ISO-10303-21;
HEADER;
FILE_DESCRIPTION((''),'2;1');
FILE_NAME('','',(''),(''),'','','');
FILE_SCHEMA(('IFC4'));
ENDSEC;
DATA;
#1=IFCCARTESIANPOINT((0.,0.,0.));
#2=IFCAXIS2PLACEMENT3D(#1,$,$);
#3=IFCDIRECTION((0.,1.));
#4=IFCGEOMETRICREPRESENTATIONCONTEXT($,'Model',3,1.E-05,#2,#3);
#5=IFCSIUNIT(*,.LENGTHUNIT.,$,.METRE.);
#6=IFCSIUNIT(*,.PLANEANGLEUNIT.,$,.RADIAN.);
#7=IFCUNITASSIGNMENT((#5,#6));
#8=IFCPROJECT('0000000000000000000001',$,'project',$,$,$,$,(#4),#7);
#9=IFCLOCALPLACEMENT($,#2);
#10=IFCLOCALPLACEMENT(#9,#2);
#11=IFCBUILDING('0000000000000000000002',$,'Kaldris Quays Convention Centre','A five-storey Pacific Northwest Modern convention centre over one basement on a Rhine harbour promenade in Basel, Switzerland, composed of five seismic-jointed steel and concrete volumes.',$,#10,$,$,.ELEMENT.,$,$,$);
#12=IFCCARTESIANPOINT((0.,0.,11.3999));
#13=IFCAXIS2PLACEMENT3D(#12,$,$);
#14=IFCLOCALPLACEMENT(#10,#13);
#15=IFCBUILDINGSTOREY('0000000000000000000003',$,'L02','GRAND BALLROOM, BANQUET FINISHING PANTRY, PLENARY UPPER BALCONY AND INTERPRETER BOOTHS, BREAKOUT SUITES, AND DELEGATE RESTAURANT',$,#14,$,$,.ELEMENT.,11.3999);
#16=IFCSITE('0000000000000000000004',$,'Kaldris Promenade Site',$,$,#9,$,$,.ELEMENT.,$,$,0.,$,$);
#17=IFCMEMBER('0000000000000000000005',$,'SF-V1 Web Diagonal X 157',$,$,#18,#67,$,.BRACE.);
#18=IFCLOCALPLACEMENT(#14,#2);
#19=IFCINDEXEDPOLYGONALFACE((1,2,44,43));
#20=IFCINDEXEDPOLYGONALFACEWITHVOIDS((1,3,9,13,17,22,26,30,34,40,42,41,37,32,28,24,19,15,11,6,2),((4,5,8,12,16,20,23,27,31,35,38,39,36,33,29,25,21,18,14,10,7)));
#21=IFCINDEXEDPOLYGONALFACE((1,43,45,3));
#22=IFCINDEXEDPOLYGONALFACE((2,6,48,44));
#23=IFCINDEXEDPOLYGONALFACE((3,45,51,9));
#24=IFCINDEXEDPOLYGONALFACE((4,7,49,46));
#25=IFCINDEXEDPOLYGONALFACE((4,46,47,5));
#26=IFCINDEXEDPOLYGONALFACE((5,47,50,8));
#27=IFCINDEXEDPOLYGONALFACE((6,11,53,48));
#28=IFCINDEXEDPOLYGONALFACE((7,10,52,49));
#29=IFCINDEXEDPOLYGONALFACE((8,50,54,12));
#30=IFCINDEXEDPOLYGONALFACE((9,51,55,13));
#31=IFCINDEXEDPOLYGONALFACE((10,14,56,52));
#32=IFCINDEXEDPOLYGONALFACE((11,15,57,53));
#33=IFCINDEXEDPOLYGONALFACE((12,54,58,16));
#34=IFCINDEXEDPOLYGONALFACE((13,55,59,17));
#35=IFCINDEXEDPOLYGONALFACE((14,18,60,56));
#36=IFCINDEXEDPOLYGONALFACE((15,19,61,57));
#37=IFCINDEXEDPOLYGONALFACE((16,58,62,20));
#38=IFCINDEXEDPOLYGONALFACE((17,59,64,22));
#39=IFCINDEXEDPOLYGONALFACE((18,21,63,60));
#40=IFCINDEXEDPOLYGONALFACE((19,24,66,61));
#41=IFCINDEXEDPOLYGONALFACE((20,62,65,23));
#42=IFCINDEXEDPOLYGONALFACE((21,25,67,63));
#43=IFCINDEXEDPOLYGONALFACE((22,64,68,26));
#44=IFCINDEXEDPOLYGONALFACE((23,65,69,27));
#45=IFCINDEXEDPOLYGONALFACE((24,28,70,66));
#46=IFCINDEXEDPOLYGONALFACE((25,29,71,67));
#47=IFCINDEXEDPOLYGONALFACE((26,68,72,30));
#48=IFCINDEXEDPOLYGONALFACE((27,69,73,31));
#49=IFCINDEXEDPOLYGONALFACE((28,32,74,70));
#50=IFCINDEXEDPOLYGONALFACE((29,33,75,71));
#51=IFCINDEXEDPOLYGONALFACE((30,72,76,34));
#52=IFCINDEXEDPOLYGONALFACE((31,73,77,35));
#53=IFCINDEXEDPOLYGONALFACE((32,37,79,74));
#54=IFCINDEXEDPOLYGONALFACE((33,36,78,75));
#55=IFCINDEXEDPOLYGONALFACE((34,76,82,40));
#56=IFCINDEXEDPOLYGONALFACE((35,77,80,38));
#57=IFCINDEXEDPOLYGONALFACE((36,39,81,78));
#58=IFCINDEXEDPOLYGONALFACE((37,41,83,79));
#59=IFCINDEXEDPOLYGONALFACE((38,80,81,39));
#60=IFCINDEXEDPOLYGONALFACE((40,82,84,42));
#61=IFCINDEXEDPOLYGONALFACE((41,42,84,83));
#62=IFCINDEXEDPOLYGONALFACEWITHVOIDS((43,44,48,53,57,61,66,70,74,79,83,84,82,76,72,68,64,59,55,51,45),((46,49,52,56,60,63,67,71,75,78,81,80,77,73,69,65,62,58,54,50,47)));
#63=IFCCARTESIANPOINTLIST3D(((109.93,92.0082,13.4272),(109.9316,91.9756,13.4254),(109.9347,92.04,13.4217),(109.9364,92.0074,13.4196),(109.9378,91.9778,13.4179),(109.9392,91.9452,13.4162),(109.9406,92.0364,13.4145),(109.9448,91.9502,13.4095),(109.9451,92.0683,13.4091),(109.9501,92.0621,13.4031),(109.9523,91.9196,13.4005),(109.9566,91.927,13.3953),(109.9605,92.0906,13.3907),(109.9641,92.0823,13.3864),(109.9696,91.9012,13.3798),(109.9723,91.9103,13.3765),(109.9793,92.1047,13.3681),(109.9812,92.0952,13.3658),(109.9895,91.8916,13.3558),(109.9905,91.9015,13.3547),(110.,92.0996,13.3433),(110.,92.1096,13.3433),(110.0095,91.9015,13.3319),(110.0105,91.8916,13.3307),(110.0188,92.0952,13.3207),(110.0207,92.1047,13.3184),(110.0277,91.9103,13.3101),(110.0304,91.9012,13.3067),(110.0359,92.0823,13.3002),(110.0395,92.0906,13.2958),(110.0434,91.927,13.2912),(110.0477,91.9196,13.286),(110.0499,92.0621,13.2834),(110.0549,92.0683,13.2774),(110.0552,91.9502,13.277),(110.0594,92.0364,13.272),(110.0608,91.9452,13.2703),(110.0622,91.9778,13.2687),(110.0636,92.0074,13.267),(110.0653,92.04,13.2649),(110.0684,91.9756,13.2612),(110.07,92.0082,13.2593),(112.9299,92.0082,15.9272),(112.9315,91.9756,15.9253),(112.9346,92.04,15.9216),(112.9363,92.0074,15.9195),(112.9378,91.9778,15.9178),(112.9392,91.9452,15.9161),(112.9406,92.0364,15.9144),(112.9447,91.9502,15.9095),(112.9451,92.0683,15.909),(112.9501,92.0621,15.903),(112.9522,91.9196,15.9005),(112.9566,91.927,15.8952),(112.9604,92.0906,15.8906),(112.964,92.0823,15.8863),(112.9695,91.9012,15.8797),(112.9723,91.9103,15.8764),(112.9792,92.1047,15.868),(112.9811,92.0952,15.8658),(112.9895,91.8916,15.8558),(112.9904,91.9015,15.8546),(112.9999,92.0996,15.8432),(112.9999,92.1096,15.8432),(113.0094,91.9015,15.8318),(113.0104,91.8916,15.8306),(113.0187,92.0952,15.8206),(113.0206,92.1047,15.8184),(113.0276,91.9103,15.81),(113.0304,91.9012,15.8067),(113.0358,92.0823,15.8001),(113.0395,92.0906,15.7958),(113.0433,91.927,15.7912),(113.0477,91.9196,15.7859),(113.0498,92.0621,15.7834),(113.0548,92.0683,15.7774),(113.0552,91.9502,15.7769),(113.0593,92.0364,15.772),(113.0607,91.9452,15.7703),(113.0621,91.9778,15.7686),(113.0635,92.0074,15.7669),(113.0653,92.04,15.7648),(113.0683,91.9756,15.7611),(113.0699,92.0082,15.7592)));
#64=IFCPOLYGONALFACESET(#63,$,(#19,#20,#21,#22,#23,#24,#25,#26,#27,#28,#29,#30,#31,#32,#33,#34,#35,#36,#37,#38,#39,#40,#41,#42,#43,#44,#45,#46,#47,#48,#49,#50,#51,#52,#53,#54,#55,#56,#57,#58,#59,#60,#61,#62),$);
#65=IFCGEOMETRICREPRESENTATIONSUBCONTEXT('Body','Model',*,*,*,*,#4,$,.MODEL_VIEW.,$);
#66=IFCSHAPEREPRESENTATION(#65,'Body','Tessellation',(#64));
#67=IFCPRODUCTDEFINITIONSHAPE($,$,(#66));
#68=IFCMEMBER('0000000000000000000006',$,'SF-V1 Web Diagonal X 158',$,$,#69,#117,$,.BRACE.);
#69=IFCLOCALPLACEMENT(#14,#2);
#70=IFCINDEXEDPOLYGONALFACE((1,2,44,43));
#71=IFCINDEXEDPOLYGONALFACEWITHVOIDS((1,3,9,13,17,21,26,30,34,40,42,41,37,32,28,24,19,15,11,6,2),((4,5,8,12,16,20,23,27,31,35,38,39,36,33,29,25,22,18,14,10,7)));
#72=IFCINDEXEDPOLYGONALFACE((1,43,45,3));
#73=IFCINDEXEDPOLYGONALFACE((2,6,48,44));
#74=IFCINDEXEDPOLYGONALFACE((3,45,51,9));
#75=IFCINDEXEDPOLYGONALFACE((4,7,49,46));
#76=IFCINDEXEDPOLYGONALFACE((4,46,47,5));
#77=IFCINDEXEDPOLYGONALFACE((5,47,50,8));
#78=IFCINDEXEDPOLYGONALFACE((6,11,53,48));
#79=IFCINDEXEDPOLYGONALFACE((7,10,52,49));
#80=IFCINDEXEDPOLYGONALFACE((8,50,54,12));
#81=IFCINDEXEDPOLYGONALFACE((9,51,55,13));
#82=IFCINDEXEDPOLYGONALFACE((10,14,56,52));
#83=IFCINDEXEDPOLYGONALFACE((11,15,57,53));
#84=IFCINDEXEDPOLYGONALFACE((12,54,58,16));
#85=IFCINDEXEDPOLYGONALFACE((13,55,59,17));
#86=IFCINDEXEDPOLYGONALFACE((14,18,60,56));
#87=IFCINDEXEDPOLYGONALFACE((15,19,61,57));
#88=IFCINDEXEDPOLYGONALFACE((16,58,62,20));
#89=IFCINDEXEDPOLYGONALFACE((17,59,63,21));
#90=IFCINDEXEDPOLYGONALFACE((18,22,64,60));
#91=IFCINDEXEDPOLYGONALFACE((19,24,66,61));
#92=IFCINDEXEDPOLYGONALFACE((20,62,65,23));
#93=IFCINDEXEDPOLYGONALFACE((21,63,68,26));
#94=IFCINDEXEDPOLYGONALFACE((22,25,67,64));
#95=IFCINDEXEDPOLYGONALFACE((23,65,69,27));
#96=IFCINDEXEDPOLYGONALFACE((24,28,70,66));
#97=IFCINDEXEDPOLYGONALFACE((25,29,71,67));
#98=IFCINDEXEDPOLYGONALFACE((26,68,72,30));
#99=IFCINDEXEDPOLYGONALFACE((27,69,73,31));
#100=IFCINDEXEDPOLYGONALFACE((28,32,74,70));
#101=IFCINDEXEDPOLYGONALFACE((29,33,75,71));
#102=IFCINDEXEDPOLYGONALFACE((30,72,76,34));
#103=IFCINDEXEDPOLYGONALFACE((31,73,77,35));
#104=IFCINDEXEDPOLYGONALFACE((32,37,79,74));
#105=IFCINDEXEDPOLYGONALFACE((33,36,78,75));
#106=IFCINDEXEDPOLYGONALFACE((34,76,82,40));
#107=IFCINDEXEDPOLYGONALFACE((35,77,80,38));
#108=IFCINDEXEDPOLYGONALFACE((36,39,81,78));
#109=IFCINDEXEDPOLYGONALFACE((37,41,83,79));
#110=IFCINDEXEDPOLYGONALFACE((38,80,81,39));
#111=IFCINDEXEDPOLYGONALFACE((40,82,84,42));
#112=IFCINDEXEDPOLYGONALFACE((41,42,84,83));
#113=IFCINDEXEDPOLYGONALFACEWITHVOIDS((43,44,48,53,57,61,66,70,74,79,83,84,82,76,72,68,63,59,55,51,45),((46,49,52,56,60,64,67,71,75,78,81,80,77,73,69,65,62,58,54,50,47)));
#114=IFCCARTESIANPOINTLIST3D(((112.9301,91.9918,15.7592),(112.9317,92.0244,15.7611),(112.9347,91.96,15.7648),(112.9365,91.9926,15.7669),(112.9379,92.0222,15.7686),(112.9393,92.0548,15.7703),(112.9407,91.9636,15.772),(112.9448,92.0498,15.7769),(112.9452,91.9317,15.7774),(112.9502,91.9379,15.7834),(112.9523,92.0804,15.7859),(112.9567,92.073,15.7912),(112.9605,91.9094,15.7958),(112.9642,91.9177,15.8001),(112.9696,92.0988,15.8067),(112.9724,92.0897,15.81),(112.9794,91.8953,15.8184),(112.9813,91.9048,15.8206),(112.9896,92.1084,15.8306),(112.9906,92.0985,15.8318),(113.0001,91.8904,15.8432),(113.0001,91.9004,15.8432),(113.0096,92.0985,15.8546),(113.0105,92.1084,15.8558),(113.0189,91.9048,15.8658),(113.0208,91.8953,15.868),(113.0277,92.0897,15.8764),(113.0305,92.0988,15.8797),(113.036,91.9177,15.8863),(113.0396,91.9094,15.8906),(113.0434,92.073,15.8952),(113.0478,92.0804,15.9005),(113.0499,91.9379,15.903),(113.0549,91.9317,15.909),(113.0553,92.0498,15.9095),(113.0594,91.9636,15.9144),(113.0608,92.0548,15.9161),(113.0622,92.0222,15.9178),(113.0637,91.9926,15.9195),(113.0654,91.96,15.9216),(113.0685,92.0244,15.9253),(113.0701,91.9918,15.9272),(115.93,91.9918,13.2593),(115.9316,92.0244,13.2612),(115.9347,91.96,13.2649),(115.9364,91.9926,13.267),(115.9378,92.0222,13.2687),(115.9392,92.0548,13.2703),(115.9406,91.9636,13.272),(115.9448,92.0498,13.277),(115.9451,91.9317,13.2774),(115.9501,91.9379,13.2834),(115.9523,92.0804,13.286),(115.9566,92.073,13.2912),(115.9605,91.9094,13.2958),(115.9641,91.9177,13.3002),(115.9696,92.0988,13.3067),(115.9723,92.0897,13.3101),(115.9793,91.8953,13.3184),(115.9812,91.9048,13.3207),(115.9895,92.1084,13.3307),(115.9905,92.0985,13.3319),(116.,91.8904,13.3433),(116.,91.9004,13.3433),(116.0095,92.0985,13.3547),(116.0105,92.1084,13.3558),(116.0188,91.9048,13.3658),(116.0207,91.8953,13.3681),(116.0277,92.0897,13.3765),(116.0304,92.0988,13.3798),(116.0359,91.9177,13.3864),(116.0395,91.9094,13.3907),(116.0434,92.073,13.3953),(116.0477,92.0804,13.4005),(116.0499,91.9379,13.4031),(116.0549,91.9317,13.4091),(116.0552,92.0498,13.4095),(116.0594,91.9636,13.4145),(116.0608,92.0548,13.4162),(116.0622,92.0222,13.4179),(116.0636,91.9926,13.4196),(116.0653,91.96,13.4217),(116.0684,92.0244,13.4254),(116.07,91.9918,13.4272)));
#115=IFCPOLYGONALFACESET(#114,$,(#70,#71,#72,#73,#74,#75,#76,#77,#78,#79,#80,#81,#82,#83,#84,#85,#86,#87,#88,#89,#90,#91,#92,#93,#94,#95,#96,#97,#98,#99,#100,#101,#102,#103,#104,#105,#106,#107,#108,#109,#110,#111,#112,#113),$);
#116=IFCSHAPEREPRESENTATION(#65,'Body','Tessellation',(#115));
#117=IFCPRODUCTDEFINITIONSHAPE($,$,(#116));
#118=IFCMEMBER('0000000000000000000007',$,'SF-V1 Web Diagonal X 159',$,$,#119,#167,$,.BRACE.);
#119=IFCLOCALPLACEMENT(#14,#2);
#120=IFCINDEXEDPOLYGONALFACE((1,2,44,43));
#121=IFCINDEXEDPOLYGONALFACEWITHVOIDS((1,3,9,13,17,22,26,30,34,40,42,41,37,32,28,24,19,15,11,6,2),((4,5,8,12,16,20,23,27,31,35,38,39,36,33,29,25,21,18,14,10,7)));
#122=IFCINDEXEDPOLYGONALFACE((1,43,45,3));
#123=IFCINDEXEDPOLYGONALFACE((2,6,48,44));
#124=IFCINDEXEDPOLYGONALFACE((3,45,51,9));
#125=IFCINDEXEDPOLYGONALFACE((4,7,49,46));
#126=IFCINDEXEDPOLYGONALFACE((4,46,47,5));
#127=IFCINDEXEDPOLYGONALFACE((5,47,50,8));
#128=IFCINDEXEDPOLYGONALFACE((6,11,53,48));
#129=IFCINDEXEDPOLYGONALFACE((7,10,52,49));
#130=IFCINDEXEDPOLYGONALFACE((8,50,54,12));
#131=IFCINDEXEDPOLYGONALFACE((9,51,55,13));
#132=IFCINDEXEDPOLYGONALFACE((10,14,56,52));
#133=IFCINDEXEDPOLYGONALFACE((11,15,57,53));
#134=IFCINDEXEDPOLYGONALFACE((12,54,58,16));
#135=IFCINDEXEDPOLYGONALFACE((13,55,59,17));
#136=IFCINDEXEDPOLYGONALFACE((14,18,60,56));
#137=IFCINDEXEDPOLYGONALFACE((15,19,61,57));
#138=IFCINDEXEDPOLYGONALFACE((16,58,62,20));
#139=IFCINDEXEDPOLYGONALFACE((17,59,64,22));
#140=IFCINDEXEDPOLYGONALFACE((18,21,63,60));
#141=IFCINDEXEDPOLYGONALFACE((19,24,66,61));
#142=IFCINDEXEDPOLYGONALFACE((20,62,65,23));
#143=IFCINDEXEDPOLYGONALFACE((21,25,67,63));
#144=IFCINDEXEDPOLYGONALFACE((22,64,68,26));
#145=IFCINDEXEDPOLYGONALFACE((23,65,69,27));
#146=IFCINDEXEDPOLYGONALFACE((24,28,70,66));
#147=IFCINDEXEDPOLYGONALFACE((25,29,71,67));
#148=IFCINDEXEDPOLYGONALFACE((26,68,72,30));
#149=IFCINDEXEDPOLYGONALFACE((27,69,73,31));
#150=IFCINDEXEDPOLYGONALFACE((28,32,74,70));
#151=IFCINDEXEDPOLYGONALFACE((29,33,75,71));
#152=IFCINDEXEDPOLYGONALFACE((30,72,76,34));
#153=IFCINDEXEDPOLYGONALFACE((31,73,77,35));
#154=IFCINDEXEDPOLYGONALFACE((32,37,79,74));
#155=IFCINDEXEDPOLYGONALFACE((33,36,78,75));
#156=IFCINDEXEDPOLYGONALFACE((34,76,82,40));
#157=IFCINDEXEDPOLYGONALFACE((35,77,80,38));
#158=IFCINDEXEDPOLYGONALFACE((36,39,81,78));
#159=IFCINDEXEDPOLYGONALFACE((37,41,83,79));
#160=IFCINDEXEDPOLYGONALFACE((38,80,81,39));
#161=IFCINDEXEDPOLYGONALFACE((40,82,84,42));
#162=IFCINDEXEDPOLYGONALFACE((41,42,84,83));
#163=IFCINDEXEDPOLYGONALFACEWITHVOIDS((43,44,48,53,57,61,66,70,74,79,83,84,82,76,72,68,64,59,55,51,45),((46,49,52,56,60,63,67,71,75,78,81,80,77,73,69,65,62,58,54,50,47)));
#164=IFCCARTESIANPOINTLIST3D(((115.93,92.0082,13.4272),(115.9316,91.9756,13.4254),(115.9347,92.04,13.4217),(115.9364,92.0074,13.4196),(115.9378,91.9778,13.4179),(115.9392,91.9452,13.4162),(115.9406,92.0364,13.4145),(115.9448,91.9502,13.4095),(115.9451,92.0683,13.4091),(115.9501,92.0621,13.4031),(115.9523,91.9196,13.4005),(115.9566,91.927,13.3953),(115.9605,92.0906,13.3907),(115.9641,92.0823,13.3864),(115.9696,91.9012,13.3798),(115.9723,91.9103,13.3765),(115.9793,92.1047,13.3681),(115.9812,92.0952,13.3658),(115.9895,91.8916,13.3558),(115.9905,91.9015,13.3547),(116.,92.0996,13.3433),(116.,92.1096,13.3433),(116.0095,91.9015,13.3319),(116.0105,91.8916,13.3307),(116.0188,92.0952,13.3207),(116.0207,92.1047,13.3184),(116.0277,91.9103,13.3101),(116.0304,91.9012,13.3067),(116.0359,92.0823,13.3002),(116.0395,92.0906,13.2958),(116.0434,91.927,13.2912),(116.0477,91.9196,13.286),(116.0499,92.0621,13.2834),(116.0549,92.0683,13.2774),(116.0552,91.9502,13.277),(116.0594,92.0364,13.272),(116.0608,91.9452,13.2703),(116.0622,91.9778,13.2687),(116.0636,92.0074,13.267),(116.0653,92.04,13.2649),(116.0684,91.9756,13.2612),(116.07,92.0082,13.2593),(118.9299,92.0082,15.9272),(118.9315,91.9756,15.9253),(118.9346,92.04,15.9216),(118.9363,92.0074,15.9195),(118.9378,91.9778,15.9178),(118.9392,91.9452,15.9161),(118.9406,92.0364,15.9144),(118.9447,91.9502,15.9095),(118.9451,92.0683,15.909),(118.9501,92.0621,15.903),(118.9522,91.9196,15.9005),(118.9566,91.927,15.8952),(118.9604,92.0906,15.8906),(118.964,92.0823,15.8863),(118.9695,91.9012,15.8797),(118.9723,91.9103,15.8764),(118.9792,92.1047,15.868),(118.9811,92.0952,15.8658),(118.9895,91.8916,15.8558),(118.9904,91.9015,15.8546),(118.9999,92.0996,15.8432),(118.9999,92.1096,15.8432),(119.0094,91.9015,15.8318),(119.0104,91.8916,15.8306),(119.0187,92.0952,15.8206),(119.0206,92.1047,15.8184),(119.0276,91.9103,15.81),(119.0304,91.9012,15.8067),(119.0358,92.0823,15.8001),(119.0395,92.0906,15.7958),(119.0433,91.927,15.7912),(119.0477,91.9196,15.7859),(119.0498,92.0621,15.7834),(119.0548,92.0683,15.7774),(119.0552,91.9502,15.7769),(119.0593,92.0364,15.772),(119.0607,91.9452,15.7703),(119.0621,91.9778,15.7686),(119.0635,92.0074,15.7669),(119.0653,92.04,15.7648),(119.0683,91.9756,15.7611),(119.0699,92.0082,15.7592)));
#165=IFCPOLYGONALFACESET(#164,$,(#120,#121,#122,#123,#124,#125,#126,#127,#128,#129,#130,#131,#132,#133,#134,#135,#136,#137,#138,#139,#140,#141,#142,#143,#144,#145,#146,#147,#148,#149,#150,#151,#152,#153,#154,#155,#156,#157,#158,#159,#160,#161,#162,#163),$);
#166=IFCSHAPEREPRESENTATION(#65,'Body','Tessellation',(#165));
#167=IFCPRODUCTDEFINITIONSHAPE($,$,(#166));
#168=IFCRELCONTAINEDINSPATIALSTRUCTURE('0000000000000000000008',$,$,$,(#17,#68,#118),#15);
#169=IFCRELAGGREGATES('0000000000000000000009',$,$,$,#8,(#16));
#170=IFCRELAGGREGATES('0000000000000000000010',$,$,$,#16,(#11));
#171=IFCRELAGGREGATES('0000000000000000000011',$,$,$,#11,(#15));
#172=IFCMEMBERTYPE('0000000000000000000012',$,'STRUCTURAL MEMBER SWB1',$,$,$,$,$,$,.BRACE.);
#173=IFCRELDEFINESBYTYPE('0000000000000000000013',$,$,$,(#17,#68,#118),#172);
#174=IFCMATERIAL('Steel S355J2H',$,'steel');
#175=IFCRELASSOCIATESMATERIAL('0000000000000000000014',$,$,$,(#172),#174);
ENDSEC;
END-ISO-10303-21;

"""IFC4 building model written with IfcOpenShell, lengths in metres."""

from ifc_helpers import new_model, si_unit, direction, frame, origin, origin_2d, place, context, subcontext, project, spatial, hollow_circle, extrude, material, material_profile, profile_set, type_object, element, save


model = new_model("IFC4")

# Units and contexts
model_context = context("Model", 3, precision=1e-05, world=origin(), true_north=direction((0.0, 1.0)))
body_context = subcontext(model_context, "Body", "Model", "MODEL_VIEW")
ifc_project = project(units=[si_unit("LENGTHUNIT", "METRE"), si_unit("PLANEANGLEUNIT", "RADIAN")], contexts=[model_context])

# Site, building, storey
site_placement = place(None, origin())
site = spatial("IfcSite", under=ifc_project, at=site_placement, Name="Kaldris Promenade Site", CompositionType="ELEMENT", RefElevation=0.0)
building_placement = place(site_placement, origin())
building = spatial("IfcBuilding", under=site, at=building_placement, Name="Kaldris Quays Convention Centre", Description="A five-storey Pacific Northwest Modern convention centre over one basement on a Rhine harbour promenade in Basel, Switzerland, composed of five seismic-jointed steel and concrete volumes.", CompositionType="ELEMENT")
storey_placement = place(building_placement, frame((0.0, 0.0, 11.3999)))
storey = spatial("IfcBuildingStorey", under=building, at=storey_placement, Name="L02", Description="GRAND BALLROOM, BANQUET FINISHING PANTRY, PLENARY UPPER BALCONY AND INTERPRETER BOOTHS, BREAKOUT SUITES, AND DELEGATE RESTAURANT", CompositionType="ELEMENT", Elevation=11.3999)

# Members
ifc_material_1 = material(Name="Steel S355J2H", Category="steel")
ifc_material_profile_1 = material_profile(ifc_material_1, hollow_circle(Radius=0.1096, WallThickness=0.01, at=origin_2d()), Name="CHS 219.1x10")
ifc_profile_set_1 = profile_set([ifc_material_profile_1], Name="Steel S355J2H")
member_type_1 = type_object("IfcMemberType", Name="STRUCTURAL MEMBER SWB1", PredefinedType="BRACE", material=ifc_profile_set_1)
for number, where, z_axis, x_axis, name in (
    (1, (110.0, 92.0, 13.3433), (0.768221, 0.0, 0.640184), (0.0, 1.0, 0.0), "SF-V1 Web Diagonal X 157"),
    (2, (116.0, 92.0, 13.3433), (-0.768221, 0.0, 0.640184), (0.0, -1.0, 0.0), "SF-V1 Web Diagonal X 158"),
    (3, (116.0, 92.0, 13.3433), (0.768221, 0.0, 0.640184), (0.0, 1.0, 0.0), "SF-V1 Web Diagonal X 159"),
):
    element("IfcMember", number, at=place(storey_placement, frame(where, z_axis=z_axis, x_axis=x_axis)), inside=storey, type_object=member_type_1, Name=name, PredefinedType="BRACE", context=body_context, shape_type="SweptSolid", body=[
        extrude(hollow_circle(Radius=0.1096, WallThickness=0.01, at=origin_2d()), origin(), (0.0, 0.0, 1.0), 3.905),
    ])

save(model, "model.ifc")
